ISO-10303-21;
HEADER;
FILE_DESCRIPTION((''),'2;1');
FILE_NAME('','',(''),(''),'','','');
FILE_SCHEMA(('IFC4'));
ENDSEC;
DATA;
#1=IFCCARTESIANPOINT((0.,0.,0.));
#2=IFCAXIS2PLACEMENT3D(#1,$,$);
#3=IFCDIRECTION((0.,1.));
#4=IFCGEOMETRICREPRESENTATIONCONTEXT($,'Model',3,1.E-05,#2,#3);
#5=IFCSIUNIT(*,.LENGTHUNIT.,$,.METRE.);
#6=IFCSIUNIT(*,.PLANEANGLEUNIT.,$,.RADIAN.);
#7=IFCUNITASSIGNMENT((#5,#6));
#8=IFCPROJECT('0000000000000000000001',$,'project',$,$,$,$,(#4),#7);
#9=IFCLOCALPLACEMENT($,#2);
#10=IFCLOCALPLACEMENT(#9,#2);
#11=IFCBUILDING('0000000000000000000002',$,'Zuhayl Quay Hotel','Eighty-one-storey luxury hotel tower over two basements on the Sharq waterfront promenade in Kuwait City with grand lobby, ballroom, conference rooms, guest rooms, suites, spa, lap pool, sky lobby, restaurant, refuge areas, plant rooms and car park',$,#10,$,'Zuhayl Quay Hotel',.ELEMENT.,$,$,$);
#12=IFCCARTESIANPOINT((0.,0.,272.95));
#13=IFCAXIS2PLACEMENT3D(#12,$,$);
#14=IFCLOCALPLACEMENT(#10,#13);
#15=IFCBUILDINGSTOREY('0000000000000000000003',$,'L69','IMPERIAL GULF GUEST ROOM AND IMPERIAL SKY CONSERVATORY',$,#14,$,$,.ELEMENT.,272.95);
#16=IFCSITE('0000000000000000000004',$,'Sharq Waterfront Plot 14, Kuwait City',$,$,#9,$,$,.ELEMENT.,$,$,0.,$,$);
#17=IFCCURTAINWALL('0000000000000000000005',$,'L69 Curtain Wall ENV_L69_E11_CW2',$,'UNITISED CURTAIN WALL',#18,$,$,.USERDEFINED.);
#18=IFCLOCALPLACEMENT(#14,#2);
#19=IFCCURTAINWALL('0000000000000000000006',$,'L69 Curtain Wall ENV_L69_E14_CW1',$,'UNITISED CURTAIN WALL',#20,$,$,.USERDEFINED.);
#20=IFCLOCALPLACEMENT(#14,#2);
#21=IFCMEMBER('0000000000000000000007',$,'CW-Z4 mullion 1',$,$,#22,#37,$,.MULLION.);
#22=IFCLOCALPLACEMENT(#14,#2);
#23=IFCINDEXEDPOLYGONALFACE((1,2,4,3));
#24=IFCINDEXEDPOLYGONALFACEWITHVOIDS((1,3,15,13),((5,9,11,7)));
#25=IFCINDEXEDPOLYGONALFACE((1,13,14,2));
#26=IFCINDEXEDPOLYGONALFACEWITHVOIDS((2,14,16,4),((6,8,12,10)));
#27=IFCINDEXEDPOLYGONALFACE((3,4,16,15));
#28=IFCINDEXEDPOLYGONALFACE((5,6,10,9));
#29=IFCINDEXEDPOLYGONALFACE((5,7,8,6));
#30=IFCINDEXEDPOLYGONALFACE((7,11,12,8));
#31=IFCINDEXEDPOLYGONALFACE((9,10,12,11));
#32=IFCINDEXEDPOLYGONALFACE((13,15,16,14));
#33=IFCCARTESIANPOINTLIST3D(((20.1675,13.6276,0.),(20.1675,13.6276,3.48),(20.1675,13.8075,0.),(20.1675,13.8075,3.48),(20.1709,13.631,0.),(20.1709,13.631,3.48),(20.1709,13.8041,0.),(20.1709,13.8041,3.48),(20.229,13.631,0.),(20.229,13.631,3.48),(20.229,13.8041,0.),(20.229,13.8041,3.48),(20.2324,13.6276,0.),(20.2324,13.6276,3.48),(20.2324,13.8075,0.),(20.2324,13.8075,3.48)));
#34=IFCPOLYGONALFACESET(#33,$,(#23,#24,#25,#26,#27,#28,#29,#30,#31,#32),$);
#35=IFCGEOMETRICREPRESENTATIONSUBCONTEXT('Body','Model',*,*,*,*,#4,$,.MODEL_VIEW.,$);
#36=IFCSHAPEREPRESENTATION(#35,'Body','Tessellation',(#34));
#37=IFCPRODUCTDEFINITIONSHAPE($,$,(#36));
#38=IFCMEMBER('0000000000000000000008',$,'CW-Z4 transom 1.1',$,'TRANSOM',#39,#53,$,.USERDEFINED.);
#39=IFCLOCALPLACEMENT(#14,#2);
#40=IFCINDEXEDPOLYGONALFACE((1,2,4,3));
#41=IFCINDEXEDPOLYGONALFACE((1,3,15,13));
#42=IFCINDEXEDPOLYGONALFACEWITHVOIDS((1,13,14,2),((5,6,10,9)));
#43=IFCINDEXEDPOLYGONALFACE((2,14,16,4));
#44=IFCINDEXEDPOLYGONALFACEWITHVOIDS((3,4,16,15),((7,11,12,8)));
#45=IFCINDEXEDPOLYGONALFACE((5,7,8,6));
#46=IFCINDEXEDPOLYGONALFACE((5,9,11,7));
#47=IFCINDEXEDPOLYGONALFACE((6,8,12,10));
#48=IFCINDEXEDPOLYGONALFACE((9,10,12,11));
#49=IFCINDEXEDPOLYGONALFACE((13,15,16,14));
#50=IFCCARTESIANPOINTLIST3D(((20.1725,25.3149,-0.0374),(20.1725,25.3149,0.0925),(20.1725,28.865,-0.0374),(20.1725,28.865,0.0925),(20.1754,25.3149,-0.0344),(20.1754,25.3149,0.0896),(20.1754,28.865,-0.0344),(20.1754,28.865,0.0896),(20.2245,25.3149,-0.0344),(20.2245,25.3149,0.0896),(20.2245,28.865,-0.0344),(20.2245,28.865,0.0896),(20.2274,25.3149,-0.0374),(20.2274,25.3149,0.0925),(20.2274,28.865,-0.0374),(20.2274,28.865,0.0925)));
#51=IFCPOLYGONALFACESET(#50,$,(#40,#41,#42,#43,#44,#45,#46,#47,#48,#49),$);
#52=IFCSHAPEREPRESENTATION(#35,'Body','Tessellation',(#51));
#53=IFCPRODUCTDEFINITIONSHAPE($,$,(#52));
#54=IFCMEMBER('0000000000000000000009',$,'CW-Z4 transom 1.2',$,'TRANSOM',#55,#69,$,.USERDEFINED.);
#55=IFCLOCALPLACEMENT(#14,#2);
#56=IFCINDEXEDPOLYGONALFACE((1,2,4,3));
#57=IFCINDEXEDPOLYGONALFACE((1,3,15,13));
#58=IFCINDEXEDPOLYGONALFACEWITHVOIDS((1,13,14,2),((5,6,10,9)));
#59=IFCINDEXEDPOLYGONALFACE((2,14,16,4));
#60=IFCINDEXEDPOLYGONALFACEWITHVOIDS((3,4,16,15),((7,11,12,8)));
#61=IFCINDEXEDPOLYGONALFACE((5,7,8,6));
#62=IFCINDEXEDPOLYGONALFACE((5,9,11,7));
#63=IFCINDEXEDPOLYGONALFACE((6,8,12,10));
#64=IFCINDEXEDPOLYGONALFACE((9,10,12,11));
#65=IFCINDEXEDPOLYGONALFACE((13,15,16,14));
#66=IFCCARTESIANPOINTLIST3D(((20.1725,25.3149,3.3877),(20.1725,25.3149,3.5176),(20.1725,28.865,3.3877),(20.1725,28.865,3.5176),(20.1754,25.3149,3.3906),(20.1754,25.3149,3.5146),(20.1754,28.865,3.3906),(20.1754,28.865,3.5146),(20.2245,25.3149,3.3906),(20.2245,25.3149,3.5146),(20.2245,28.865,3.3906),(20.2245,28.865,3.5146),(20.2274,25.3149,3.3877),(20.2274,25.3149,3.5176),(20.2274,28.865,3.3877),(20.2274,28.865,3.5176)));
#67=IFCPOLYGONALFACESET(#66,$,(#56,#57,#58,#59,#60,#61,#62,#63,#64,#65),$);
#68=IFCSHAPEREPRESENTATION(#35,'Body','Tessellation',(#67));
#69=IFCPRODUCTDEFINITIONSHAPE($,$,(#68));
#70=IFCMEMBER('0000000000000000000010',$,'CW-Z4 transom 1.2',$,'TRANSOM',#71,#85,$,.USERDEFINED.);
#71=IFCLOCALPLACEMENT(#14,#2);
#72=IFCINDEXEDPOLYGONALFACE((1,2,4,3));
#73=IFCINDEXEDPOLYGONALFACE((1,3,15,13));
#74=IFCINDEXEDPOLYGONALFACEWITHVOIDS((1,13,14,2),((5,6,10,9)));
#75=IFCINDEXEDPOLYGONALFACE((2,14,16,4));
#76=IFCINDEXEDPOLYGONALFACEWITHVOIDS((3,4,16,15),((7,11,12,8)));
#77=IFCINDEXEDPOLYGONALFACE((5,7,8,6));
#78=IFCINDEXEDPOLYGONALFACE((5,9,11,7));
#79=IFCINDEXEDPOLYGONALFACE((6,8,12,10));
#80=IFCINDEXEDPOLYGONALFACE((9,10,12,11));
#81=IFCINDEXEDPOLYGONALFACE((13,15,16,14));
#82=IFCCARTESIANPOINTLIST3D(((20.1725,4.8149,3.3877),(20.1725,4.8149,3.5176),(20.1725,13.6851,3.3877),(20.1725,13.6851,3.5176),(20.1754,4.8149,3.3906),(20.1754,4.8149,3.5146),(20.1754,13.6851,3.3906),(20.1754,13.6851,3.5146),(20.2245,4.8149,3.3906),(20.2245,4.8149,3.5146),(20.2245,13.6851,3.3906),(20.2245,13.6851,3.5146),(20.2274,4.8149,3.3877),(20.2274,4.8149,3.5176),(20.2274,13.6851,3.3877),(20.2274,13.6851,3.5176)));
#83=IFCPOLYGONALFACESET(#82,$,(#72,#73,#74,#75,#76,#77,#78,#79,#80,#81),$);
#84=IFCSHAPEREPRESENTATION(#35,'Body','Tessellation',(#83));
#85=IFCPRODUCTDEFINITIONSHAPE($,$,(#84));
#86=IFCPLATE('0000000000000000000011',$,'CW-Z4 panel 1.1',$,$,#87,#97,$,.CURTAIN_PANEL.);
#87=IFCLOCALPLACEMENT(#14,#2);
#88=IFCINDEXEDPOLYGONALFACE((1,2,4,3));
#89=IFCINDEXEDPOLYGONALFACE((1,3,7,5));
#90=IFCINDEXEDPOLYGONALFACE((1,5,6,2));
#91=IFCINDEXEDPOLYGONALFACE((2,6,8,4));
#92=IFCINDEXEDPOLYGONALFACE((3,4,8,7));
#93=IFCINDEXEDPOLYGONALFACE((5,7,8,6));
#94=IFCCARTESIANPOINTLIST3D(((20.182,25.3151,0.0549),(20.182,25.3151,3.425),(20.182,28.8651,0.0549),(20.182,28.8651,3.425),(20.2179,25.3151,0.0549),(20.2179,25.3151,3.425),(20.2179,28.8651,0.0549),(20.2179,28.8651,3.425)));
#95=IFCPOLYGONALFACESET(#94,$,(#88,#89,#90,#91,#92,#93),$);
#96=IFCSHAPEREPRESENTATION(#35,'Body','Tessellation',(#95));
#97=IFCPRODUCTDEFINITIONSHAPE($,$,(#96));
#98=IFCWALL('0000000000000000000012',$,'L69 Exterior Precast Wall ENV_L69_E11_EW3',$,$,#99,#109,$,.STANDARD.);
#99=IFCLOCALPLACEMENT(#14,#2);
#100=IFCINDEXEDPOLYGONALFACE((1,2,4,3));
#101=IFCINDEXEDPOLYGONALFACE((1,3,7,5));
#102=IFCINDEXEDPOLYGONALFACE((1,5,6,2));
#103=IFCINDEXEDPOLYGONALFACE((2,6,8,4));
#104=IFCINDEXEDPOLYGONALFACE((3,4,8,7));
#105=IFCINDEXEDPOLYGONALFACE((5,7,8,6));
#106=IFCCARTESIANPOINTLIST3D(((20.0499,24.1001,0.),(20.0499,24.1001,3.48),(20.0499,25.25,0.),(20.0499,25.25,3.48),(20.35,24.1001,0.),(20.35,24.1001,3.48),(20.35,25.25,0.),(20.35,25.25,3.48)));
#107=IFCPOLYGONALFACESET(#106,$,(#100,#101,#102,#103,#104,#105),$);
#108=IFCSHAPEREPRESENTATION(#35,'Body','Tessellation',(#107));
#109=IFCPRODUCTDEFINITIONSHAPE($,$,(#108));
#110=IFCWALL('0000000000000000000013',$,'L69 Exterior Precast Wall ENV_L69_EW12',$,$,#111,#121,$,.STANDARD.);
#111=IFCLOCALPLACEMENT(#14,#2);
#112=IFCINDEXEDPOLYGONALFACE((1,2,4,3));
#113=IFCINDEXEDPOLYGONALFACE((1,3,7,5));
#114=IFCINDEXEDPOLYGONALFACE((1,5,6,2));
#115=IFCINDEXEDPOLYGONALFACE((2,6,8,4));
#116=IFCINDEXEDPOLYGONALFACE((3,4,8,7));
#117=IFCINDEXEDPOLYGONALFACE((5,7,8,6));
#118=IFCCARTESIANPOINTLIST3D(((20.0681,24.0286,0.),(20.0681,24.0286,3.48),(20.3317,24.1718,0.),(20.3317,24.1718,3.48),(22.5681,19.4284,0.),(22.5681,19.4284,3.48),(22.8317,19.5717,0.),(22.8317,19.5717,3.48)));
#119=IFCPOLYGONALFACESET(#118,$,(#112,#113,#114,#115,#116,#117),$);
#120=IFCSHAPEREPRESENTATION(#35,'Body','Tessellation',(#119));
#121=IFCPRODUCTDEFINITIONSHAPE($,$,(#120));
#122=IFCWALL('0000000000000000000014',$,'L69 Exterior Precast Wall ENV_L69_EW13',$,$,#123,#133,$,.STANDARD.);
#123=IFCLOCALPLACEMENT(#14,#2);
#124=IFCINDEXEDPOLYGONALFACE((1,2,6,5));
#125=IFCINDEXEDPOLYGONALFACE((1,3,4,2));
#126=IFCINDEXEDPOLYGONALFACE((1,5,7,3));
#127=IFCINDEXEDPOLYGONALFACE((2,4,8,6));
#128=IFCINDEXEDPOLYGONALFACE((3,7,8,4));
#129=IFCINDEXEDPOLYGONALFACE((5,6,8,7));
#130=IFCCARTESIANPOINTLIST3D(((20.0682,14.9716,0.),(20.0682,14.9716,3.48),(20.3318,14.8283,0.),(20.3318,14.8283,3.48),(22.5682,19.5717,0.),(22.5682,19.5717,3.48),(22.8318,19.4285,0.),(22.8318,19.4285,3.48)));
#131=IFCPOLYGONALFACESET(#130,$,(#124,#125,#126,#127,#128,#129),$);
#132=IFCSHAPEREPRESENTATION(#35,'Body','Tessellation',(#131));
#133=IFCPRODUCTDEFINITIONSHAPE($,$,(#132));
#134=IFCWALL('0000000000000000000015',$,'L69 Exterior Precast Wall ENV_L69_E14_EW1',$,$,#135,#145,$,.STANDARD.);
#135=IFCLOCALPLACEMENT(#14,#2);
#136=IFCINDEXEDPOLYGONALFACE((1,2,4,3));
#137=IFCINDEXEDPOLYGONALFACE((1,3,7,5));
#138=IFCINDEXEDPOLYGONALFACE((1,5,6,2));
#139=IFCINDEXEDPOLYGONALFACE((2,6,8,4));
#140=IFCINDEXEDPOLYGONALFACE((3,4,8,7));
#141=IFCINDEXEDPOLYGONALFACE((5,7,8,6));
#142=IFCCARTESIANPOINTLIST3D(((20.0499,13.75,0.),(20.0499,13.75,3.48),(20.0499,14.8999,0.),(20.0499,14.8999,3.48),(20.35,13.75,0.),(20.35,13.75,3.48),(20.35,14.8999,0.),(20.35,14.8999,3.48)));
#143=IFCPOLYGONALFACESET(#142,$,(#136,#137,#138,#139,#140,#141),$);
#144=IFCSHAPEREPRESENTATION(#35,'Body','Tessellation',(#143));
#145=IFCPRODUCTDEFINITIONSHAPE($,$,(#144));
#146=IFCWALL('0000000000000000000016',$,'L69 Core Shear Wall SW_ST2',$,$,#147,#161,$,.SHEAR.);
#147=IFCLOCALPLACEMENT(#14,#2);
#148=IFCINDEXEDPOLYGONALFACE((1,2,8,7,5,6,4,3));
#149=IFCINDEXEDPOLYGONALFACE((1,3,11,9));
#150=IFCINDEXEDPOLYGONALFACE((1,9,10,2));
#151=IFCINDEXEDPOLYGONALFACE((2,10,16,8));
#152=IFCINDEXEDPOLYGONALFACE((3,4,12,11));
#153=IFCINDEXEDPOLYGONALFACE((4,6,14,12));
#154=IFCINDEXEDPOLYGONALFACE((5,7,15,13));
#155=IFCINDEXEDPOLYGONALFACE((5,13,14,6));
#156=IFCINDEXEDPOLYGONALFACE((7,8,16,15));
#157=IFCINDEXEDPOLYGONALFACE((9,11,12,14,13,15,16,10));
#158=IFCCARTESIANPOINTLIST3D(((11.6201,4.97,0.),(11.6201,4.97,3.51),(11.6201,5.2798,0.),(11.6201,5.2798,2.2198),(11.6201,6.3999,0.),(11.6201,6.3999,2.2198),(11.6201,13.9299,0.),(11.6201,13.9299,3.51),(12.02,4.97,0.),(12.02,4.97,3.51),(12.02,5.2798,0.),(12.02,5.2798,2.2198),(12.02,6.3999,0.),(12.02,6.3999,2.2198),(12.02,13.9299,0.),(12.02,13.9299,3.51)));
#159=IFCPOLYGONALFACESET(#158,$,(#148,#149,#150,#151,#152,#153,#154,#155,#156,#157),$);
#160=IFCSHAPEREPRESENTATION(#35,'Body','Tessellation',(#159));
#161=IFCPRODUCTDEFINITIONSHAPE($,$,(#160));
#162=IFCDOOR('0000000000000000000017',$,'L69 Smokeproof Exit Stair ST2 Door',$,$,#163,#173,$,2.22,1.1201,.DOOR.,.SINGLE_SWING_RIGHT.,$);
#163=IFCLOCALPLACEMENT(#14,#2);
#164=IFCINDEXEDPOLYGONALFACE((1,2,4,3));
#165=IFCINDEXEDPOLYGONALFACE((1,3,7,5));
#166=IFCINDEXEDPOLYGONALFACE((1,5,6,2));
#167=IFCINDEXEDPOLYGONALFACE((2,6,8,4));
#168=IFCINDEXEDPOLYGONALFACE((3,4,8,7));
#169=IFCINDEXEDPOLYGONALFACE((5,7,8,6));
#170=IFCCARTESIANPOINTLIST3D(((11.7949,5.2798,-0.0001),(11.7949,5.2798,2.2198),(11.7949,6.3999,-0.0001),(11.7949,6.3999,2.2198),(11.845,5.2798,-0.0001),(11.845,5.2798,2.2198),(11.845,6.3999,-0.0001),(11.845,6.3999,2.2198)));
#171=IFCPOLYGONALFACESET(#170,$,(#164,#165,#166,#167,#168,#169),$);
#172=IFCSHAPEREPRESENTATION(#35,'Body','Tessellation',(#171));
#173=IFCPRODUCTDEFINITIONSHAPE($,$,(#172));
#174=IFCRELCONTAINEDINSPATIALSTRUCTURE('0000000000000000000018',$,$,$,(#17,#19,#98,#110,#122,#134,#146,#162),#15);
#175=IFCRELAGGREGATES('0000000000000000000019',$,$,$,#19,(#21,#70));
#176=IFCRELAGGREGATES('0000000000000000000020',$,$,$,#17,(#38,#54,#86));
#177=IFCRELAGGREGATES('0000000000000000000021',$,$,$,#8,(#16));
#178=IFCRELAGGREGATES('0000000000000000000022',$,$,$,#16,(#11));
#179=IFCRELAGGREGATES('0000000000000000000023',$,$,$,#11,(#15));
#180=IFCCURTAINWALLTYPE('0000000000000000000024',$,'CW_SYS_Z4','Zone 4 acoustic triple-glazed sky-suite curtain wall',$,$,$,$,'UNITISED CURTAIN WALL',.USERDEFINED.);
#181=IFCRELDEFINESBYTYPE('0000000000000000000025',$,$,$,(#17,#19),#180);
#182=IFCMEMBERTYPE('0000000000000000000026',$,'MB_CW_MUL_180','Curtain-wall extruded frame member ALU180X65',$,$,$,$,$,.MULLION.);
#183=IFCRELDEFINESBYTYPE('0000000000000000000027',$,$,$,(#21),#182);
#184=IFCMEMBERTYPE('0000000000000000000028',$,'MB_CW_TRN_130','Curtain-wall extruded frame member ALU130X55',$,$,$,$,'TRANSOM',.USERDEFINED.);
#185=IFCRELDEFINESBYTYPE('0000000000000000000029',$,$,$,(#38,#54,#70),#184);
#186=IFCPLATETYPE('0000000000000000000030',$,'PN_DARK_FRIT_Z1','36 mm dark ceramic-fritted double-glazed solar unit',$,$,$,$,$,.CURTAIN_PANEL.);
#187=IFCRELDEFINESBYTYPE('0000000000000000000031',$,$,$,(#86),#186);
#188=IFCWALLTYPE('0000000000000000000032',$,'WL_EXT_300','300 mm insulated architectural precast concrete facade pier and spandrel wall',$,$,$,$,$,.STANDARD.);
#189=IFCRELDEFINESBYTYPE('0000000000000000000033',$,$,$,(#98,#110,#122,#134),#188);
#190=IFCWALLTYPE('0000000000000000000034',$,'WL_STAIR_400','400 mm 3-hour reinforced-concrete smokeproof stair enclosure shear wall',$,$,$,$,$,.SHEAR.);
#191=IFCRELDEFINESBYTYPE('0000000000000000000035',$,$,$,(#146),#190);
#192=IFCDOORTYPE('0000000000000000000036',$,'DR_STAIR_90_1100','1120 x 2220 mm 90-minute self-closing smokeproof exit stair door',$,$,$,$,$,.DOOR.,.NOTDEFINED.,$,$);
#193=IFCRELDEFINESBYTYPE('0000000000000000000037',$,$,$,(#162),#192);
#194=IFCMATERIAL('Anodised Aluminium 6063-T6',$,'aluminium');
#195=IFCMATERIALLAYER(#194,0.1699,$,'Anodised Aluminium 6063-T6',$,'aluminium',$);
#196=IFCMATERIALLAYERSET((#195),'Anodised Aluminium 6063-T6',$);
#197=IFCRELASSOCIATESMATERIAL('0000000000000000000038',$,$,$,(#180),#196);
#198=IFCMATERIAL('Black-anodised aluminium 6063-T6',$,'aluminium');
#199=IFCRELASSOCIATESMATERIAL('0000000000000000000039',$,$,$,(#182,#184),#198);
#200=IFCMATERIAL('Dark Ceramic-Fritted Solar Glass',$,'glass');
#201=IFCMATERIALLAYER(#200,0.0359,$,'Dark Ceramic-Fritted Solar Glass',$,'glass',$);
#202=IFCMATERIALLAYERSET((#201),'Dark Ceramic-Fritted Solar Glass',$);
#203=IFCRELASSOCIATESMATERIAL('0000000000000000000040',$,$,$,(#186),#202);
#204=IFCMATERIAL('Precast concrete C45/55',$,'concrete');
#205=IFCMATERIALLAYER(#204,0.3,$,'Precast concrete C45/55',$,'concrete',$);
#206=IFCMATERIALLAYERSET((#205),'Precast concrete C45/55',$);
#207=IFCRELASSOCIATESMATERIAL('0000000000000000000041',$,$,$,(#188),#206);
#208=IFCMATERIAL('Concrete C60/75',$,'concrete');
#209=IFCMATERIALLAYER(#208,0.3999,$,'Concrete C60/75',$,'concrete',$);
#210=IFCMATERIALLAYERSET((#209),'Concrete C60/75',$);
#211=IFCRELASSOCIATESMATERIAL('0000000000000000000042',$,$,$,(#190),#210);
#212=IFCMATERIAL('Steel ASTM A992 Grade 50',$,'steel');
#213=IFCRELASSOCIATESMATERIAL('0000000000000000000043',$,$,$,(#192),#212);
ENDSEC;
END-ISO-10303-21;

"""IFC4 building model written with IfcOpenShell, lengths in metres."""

from ifc_helpers import new_model, si_unit, direction, frame, frame_2d, origin, origin_2d, place, context, subcontext, project, spatial, rectangle, hollow_rectangle, extrude, material, layer, layer_set, material_profile, profile_set, type_object, element, fill, aggregate, save


model = new_model("IFC4")

# Units and contexts
model_context = context("Model", 3, precision=1e-05, world=origin(), true_north=direction((0.0, 1.0)))
body_context = subcontext(model_context, "Body", "Model", "MODEL_VIEW")
ifc_project = project(units=[si_unit("LENGTHUNIT", "METRE"), si_unit("PLANEANGLEUNIT", "RADIAN")], contexts=[model_context])

# Site, building, storey
site_placement = place(None, origin())
site = spatial("IfcSite", under=ifc_project, at=site_placement, Name="Sharq Waterfront Plot 14, Kuwait City", CompositionType="ELEMENT", RefElevation=0.0)
building_placement = place(site_placement, origin())
building = spatial("IfcBuilding", under=site, at=building_placement, Name="Zuhayl Quay Hotel", Description="Eighty-one-storey luxury hotel tower over two basements on the Sharq waterfront promenade in Kuwait City with grand lobby, ballroom, conference rooms, guest rooms, suites, spa, lap pool, sky lobby, restaurant, refuge areas, plant rooms and car park", LongName="Zuhayl Quay Hotel", CompositionType="ELEMENT")
storey_placement = place(building_placement, frame((0.0, 0.0, 272.95)))
storey = spatial("IfcBuildingStorey", under=building, at=storey_placement, Name="L69", Description="IMPERIAL GULF GUEST ROOM AND IMPERIAL SKY CONSERVATORY", CompositionType="ELEMENT", Elevation=272.95)

# Shared definitions
ifc_material_1 = material(Name="Concrete C60/75", Category="concrete")

# Shared definitions
ifc_material_2 = material(Name="Steel ASTM A992 Grade 50", Category="steel")

# Curtain wall
ifc_material_3 = material(Name="Anodised Aluminium 6063-T6", Category="aluminium")
ifc_layer_1 = layer(ifc_material_3, 0.1699, Name="Anodised Aluminium 6063-T6", Category="aluminium")
ifc_layer_set_1 = layer_set([ifc_layer_1], Name="Anodised Aluminium 6063-T6")
curtain_wall_type = type_object("IfcCurtainWallType", Name="CW_SYS_Z4", Description="Zone 4 acoustic triple-glazed sky-suite curtain wall", ElementType="UNITISED CURTAIN WALL", PredefinedType="USERDEFINED", material=ifc_layer_set_1)
curtain_wall_1_placement = place(storey_placement, origin())
curtain_wall_1 = element("IfcCurtainWall", 1, at=curtain_wall_1_placement, inside=storey, type_object=curtain_wall_type, Name="L69 Curtain Wall ENV_L69_E11_CW2", ObjectType="UNITISED CURTAIN WALL", PredefinedType="USERDEFINED")
ifc_material_4 = material(Name="Black-anodised aluminium 6063-T6", Category="aluminium")
ifc_material_profile_1 = material_profile(ifc_material_4, hollow_rectangle(XDim=0.0649, YDim=0.1799, WallThickness=0.0034, at=origin_2d()), Name="ALU180X65")
ifc_profile_set_1 = profile_set([ifc_material_profile_1], Name="Black-anodised aluminium 6063-T6")
member_type_1 = type_object("IfcMemberType", Name="MB_CW_MUL_180", Description="Curtain-wall extruded frame member ALU180X65", PredefinedType="MULLION", material=ifc_profile_set_1)

# Curtain wall, member
curtain_wall_2_placement = place(storey_placement, origin())
curtain_wall_2 = element("IfcCurtainWall", 2, at=curtain_wall_2_placement, inside=storey, type_object=curtain_wall_type, Name="L69 Curtain Wall ENV_L69_E14_CW1", ObjectType="UNITISED CURTAIN WALL", PredefinedType="USERDEFINED")
member_1_placement = place(storey_placement, frame((20.2, 13.7175, 0.0), z_axis=(0.0, 0.0, 1.0), x_axis=(1.0, 0.0, 0.0)))
member_1 = element("IfcMember", 3, at=member_1_placement, type_object=member_type_1, Name="CW-Z4 mullion 1", PredefinedType="MULLION", context=body_context, shape_type="SweptSolid", body=[
    extrude(hollow_rectangle(XDim=0.0649, YDim=0.1799, WallThickness=0.0034, at=origin_2d()), origin(), (0.0, 0.0, 1.0), 3.48),
])

# Members
ifc_material_profile_2 = material_profile(ifc_material_4, hollow_rectangle(XDim=0.0549, YDim=0.1299, WallThickness=0.0029, at=origin_2d()), Name="ALU130X55")
ifc_profile_set_2 = profile_set([ifc_material_profile_2], Name="Black-anodised aluminium 6063-T6")
member_type_2 = type_object("IfcMemberType", Name="MB_CW_TRN_130", Description="Curtain-wall extruded frame member ALU130X55", ElementType="TRANSOM", PredefinedType="USERDEFINED", material=ifc_profile_set_2)
member_2_placement = place(storey_placement, frame((20.2, 28.865, 0.0276), z_axis=(0.0, -1.0, 0.0), x_axis=(1.0, 0.0, 0.0)))
member_2 = element("IfcMember", 4, at=member_2_placement, type_object=member_type_2, Name="CW-Z4 transom 1.1", ObjectType="TRANSOM", PredefinedType="USERDEFINED", context=body_context, shape_type="SweptSolid", body=[
    extrude(hollow_rectangle(XDim=0.0549, YDim=0.1299, WallThickness=0.0029, at=origin_2d()), origin(), (0.0, 0.0, 1.0), 3.55),
])
member_3_placement = place(storey_placement, frame((20.2, 28.865, 3.4526), z_axis=(0.0, -1.0, 0.0), x_axis=(1.0, 0.0, 0.0)))
member_3 = element("IfcMember", 5, at=member_3_placement, type_object=member_type_2, Name="CW-Z4 transom 1.2", ObjectType="TRANSOM", PredefinedType="USERDEFINED", context=body_context, shape_type="SweptSolid", body=[
    extrude(hollow_rectangle(XDim=0.0549, YDim=0.1299, WallThickness=0.0029, at=origin_2d()), origin(), (0.0, 0.0, 1.0), 3.55),
])
member_4_placement = place(storey_placement, frame((20.2, 13.6851, 3.4526), z_axis=(0.0, -1.0, 0.0), x_axis=(1.0, 0.0, 0.0)))
member_4 = element("IfcMember", 6, at=member_4_placement, type_object=member_type_2, Name="CW-Z4 transom 1.2", ObjectType="TRANSOM", PredefinedType="USERDEFINED", context=body_context, shape_type="SweptSolid", body=[
    extrude(hollow_rectangle(XDim=0.0549, YDim=0.1299, WallThickness=0.0029, at=origin_2d()), origin(), (0.0, 0.0, 1.0), 8.8701),
])
aggregate(curtain_wall_2, [member_1, member_4])

# Plate
ifc_material_5 = material(Name="Dark Ceramic-Fritted Solar Glass", Category="glass")
ifc_layer_2 = layer(ifc_material_5, 0.0359, Name="Dark Ceramic-Fritted Solar Glass", Category="glass")
ifc_layer_set_2 = layer_set([ifc_layer_2], Name="Dark Ceramic-Fritted Solar Glass")
plate_type = type_object("IfcPlateType", Name="PN_DARK_FRIT_Z1", Description="36 mm dark ceramic-fritted double-glazed solar unit", PredefinedType="CURTAIN_PANEL", material=ifc_layer_set_2)
plate_placement = place(storey_placement, frame((20.2, 27.0901, 0.0549), z_axis=(0.0, 0.0, 1.0), x_axis=(0.0, -1.0, 0.0)))
plate = element("IfcPlate", 7, at=plate_placement, type_object=plate_type, Name="CW-Z4 panel 1.1", PredefinedType="CURTAIN_PANEL", context=body_context, shape_type="SweptSolid", body=[
    extrude(rectangle(XDim=3.55, YDim=0.0359, at=origin_2d()), origin(), (0.0, 0.0, 1.0), 3.3701),
])
aggregate(curtain_wall_1, [member_2, member_3, plate])

# Walls
ifc_material_6 = material(Name="Precast concrete C45/55", Category="concrete")
ifc_layer_3 = layer(ifc_material_6, 0.3, Name="Precast concrete C45/55", Category="concrete")
ifc_layer_set_3 = layer_set([ifc_layer_3], Name="Precast concrete C45/55")
wall_type_1 = type_object("IfcWallType", Name="WL_EXT_300", Description="300 mm insulated architectural precast concrete facade pier and spandrel wall", PredefinedType="STANDARD", material=ifc_layer_set_3)
wall_1_placement = place(storey_placement, frame((20.2, 25.25, 0.0), z_axis=(0.0, 0.0, 1.0), x_axis=(0.0, -1.0, 0.0)))
element("IfcWall", 8, at=wall_1_placement, inside=storey, type_object=wall_type_1, Name="L69 Exterior Precast Wall ENV_L69_E11_EW3", PredefinedType="STANDARD", context=body_context, shape_type="SweptSolid", body=[
    extrude(rectangle(XDim=1.1499, YDim=0.3, at=frame_2d((0.575, 0.0))), origin(), (0.0, 0.0, 1.0), 3.48),
])
for number, where, z_axis, x_axis, name in (
    (9, (20.2, 24.1001, 0.0), (0.0, 0.0, 1.0), (0.477505, -0.878629, 0.0), "L69 Exterior Precast Wall ENV_L69_EW12"),
    (10, (22.7, 19.5, 0.0), (0.0, 0.0, 1.0), (-0.477505, -0.878629, 0.0), "L69 Exterior Precast Wall ENV_L69_EW13"),
):
    element("IfcWall", number, at=place(storey_placement, frame(where, z_axis=z_axis, x_axis=x_axis)), inside=storey, type_object=wall_type_1, Name=name, PredefinedType="STANDARD", context=body_context, shape_type="SweptSolid", body=[
        extrude(rectangle(XDim=5.2356, YDim=0.3, at=frame_2d((2.6177, 0.0))), origin(), (0.0, 0.0, 1.0), 3.48),
    ])
wall_2_placement = place(storey_placement, frame((20.2, 14.8999, 0.0), z_axis=(0.0, 0.0, 1.0), x_axis=(0.0, -1.0, 0.0)))
element("IfcWall", 11, at=wall_2_placement, inside=storey, type_object=wall_type_1, Name="L69 Exterior Precast Wall ENV_L69_E14_EW1", PredefinedType="STANDARD", context=body_context, shape_type="SweptSolid", body=[
    extrude(rectangle(XDim=1.1499, YDim=0.3, at=frame_2d((0.575, 0.0))), origin(), (0.0, 0.0, 1.0), 3.48),
])

# Wall, opening, door
ifc_layer_4 = layer(ifc_material_1, 0.3999, Name="Concrete C60/75", Category="concrete")
ifc_layer_set_4 = layer_set([ifc_layer_4], Name="Concrete C60/75")
wall_type_2 = type_object("IfcWallType", Name="WL_STAIR_400", Description="400 mm 3-hour reinforced-concrete smokeproof stair enclosure shear wall", PredefinedType="SHEAR", material=ifc_layer_set_4)
wall_3_placement = place(storey_placement, frame((11.8201, 13.9299, 0.0), z_axis=(0.0, 0.0, 1.0), x_axis=(0.0, -1.0, 0.0)))
wall_3 = element("IfcWall", 12, at=wall_3_placement, inside=storey, type_object=wall_type_2, Name="L69 Core Shear Wall SW_ST2", PredefinedType="SHEAR", context=body_context, shape_type="SweptSolid", body=[
    extrude(rectangle(XDim=8.96, YDim=0.3999, at=frame_2d((4.48, 0.0))), origin(), (0.0, 0.0, 1.0), 3.51),
])
opening_placement = place(wall_3_placement, frame((7.53, 0.0, 0.0)))
opening = element("IfcOpeningElement", 13, at=opening_placement, cuts=wall_3, PredefinedType="OPENING", context=body_context, shape_type="SweptSolid", body=[
    extrude(rectangle(XDim=1.1201, YDim=2.22, at=frame_2d((0.5601, 1.1099))), frame((0.0, 0.21, 0.0), z_axis=(0.0, -1.0, 0.0), x_axis=(1.0, 0.0, 0.0)), (0.0, 0.0, 1.0), 0.4199),
])
door_type = type_object("IfcDoorType", Name="DR_STAIR_90_1100", Description="1120 x 2220 mm 90-minute self-closing smokeproof exit stair door", OperationType="NOTDEFINED", PredefinedType="DOOR", material=ifc_material_2)
door_placement = place(opening_placement, origin())
door = element("IfcDoor", 14, at=door_placement, inside=storey, type_object=door_type, Name="L69 Smokeproof Exit Stair ST2 Door", OperationType="SINGLE_SWING_RIGHT", OverallHeight=2.22, OverallWidth=1.1201, PredefinedType="DOOR", context=body_context, shape_type="SweptSolid", body=[
    extrude(rectangle(XDim=1.1201, YDim=2.22, at=frame_2d((0.5601, 1.1099))), frame((0.0, 0.0249, 0.0), z_axis=(0.0, -1.0, 0.0), x_axis=(1.0, 0.0, 0.0)), (0.0, 0.0, 1.0), 0.05),
])
fill(opening, door)

save(model, "model.ifc")
